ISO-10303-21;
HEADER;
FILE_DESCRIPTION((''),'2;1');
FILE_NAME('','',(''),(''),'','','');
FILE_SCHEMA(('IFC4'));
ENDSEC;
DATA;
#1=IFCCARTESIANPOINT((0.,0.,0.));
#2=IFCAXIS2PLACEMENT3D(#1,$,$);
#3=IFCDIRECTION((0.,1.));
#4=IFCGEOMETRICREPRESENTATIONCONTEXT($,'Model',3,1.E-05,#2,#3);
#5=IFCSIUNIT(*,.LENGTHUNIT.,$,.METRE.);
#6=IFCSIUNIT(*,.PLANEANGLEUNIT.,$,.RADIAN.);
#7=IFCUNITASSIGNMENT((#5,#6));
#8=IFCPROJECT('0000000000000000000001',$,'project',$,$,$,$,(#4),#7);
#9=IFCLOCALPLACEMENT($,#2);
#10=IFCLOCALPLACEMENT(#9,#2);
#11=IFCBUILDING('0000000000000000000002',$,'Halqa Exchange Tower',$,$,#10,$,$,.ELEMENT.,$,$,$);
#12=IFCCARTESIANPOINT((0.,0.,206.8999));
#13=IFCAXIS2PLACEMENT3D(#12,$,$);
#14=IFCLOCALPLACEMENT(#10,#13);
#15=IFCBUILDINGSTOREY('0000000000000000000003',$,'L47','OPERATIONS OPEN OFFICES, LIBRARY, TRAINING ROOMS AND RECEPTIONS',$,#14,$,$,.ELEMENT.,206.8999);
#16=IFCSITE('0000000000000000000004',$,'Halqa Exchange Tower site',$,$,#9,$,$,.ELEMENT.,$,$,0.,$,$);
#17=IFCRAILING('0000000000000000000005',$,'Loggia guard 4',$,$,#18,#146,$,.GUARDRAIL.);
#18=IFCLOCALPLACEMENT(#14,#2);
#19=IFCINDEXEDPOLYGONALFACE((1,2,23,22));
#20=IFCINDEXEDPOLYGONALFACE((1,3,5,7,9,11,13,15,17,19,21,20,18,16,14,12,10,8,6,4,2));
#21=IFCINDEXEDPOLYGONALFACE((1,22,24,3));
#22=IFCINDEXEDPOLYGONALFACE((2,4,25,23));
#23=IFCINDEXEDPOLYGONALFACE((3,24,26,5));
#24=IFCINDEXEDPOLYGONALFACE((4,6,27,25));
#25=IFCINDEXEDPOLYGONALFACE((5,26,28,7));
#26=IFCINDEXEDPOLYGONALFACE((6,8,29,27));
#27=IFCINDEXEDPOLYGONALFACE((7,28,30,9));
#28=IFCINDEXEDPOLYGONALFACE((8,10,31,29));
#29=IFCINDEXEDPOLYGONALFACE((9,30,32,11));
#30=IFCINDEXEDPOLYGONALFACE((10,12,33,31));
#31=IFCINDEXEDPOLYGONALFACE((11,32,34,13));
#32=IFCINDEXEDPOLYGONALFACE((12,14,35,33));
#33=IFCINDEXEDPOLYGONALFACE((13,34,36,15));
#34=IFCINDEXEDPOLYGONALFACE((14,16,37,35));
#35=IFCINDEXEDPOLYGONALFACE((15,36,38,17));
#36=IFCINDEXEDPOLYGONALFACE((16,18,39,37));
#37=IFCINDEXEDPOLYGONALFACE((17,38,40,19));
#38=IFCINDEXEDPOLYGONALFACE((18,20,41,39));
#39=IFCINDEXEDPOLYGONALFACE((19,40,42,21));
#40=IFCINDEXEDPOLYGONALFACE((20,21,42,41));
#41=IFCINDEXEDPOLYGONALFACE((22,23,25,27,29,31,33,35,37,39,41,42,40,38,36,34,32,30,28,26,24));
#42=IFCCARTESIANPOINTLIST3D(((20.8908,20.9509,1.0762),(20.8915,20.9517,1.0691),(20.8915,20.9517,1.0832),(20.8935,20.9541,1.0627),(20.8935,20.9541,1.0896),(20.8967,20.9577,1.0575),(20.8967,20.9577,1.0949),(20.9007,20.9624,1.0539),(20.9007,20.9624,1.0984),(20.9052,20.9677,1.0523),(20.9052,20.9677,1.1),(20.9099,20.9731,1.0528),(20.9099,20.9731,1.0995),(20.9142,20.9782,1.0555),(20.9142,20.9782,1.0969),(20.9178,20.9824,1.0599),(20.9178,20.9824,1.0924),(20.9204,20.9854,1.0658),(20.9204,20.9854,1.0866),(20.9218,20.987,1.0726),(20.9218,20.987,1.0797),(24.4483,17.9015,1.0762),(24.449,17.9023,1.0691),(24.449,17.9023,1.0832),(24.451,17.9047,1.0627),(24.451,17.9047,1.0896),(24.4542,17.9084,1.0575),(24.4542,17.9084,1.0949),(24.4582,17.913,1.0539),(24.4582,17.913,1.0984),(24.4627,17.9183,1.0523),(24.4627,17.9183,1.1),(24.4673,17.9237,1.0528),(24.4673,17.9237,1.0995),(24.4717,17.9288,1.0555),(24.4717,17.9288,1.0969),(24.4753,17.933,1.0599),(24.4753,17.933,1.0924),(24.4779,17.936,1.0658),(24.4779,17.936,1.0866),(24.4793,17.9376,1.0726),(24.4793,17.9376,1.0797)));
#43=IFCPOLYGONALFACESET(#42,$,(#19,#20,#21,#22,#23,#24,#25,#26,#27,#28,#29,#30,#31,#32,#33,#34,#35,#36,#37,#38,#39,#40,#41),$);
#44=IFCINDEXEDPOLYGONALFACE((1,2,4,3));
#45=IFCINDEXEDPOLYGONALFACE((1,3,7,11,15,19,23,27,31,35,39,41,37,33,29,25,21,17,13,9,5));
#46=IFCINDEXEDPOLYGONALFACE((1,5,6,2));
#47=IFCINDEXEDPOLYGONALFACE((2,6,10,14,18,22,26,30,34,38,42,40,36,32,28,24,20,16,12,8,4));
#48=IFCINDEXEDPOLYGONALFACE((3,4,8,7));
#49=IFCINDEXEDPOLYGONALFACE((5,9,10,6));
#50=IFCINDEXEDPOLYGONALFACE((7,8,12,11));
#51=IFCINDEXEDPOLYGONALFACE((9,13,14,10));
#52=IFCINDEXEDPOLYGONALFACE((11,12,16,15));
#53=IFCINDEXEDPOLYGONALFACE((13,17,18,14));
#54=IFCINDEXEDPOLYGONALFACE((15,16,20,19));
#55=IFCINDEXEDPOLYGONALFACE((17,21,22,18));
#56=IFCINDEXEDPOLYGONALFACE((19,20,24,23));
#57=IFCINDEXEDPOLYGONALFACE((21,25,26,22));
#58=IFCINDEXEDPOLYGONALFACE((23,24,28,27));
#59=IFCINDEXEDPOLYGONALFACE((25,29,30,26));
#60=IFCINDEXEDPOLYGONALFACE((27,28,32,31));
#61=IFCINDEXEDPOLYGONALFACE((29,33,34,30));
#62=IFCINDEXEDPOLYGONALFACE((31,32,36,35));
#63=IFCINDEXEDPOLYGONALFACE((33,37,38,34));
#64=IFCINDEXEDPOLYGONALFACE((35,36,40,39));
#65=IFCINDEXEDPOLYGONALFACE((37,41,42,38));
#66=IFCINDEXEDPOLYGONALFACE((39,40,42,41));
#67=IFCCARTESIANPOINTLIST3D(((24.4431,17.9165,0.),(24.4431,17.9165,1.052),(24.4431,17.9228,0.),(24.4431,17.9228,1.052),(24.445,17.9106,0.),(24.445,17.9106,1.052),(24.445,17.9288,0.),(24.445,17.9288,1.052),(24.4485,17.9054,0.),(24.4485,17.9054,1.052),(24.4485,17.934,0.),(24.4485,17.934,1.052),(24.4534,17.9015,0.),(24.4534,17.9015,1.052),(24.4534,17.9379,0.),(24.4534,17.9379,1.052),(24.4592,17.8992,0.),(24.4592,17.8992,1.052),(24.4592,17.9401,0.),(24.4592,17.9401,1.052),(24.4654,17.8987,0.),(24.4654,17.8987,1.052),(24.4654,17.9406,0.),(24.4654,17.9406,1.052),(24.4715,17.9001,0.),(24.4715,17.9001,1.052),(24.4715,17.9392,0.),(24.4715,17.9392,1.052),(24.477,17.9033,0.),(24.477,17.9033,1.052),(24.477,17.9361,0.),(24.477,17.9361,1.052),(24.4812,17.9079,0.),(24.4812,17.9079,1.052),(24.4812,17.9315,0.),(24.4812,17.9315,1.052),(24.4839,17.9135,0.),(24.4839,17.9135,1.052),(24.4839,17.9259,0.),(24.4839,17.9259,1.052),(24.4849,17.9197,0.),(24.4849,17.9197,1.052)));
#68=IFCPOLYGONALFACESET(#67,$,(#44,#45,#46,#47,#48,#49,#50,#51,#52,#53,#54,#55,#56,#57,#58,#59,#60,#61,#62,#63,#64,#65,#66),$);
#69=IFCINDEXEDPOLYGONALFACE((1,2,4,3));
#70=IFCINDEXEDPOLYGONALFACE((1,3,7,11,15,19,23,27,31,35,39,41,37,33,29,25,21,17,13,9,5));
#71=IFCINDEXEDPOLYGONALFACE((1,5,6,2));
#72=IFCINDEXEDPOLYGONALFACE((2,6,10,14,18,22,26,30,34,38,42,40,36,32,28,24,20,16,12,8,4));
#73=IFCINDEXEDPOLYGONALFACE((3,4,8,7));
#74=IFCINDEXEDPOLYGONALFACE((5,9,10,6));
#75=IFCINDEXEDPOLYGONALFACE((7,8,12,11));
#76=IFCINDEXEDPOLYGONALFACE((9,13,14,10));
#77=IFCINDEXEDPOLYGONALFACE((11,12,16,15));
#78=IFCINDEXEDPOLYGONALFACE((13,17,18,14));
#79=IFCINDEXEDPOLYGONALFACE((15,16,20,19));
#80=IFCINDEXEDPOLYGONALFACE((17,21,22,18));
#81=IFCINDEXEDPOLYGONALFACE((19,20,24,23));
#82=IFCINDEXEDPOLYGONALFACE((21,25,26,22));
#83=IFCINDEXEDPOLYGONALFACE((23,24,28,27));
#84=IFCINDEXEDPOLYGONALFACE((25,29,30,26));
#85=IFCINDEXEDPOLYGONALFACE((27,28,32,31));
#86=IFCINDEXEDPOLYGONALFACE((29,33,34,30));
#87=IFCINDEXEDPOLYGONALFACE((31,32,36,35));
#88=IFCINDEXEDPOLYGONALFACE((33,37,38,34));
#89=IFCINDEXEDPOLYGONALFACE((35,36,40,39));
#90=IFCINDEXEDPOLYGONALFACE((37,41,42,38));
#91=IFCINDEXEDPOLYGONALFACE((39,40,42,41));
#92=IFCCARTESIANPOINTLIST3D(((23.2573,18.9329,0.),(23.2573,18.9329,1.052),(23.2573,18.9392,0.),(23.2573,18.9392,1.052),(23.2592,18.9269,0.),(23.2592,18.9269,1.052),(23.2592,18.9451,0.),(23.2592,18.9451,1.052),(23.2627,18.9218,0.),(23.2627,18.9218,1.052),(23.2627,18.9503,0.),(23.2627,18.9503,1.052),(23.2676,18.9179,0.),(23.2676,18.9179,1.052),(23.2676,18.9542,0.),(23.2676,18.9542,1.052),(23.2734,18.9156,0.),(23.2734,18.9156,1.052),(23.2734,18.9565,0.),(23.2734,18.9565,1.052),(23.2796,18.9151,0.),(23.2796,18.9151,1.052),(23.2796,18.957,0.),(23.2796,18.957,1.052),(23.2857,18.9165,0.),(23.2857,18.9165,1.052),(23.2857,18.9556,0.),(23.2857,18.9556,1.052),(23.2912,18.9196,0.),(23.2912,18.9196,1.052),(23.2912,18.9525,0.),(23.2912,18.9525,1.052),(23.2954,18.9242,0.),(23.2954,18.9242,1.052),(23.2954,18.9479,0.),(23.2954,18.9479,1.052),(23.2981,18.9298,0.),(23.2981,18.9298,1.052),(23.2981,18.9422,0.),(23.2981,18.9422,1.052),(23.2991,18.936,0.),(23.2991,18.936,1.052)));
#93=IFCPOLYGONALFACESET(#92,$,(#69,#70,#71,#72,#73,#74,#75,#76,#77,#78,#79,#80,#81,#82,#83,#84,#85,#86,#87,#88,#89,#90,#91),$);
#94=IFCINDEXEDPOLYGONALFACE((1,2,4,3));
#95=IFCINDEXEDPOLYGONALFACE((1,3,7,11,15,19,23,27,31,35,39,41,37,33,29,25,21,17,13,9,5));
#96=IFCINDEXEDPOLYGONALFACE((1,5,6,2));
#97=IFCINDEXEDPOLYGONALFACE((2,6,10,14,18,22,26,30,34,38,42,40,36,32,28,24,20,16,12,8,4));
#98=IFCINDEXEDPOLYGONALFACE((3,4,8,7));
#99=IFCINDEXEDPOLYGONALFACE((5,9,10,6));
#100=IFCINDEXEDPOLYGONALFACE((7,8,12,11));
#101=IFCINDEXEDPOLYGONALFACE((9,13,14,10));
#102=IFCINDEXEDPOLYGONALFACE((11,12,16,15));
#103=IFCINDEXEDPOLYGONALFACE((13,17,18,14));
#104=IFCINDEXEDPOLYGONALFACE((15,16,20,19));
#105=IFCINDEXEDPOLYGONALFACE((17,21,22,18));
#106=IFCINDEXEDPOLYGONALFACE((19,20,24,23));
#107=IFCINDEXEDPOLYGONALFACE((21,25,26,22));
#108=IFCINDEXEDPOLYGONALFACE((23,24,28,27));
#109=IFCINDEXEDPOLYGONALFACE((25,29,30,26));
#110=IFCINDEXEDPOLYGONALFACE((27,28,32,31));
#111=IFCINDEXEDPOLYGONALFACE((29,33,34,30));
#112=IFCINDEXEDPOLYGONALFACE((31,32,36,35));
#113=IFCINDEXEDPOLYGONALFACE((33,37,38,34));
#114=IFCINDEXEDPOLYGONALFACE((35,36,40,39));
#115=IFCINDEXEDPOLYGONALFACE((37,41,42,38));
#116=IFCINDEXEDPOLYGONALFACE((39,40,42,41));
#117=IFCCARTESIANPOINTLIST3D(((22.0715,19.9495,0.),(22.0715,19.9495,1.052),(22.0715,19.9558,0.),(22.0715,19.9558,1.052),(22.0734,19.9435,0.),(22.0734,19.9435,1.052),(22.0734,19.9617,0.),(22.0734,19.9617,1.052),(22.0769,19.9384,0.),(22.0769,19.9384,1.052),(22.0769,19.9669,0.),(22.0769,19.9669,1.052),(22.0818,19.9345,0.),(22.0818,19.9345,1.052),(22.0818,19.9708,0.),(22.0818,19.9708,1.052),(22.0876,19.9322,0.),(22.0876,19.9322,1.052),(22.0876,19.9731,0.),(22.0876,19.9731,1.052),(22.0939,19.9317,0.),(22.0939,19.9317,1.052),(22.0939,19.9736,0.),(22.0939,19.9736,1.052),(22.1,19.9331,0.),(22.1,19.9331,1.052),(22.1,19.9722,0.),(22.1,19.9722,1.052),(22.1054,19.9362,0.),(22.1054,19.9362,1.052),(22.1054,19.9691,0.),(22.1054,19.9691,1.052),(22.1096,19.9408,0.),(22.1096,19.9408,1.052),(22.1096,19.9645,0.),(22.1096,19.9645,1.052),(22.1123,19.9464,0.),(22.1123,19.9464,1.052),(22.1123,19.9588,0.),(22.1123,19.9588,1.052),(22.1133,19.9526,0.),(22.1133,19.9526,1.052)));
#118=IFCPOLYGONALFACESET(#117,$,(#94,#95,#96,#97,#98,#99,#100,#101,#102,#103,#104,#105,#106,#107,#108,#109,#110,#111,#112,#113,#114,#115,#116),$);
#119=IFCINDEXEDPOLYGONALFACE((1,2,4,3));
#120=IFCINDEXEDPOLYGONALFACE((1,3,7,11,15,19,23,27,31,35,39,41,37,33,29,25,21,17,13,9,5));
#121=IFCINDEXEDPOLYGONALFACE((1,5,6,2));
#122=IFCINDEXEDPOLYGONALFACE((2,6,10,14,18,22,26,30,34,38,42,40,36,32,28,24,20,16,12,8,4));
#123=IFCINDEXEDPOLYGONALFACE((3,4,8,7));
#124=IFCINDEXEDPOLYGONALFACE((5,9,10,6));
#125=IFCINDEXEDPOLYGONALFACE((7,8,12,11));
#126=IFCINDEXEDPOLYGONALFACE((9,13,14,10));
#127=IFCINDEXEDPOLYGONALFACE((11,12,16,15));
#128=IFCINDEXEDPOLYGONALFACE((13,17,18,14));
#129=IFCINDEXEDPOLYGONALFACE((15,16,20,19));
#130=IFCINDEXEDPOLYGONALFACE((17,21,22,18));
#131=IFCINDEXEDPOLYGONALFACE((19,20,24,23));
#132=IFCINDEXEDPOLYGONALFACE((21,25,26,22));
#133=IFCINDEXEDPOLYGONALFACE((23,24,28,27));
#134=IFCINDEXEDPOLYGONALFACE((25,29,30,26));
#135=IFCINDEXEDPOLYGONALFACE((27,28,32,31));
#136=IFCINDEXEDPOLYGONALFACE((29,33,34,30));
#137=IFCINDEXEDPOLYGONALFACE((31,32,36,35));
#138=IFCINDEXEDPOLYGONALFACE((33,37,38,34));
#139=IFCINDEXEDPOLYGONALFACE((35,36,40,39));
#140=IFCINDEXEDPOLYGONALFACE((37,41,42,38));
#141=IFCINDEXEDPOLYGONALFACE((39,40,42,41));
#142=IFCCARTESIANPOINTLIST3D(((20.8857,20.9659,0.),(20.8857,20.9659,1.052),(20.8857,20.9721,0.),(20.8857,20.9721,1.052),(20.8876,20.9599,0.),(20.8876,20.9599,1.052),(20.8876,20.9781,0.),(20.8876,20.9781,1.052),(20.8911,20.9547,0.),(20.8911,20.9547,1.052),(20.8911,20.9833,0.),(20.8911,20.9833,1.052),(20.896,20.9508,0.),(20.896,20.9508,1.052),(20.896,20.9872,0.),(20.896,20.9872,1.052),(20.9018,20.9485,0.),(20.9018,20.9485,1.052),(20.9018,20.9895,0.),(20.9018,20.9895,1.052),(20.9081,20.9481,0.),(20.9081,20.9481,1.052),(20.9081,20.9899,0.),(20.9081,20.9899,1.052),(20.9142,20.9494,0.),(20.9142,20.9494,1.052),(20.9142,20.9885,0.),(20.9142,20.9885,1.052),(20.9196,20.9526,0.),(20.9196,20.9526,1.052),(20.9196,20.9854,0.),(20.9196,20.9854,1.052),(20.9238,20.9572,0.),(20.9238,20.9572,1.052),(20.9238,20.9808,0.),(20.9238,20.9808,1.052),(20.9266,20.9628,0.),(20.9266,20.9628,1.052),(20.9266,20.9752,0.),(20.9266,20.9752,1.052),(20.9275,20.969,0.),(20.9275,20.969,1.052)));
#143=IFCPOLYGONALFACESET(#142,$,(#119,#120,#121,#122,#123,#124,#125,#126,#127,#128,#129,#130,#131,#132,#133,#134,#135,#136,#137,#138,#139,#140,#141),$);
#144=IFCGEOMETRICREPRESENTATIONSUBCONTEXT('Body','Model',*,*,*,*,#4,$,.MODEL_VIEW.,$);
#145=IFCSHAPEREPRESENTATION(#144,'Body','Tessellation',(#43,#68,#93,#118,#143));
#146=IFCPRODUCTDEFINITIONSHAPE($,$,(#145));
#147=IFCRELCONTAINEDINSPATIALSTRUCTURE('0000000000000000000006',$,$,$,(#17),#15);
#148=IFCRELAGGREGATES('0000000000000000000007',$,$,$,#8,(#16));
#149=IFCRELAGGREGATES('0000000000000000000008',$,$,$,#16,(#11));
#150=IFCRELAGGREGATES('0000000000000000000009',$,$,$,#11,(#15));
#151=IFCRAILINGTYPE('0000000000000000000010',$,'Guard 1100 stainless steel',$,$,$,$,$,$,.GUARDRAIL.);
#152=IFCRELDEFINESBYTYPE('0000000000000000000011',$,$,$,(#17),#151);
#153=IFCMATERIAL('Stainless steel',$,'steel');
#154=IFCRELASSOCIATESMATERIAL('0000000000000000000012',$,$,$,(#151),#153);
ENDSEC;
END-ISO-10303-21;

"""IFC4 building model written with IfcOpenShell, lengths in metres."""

from ifc_helpers import new_model, si_unit, direction, frame, origin, origin_2d, place, context, subcontext, project, spatial, circle, extrude, material, type_object, element, save


model = new_model("IFC4")

# Units and contexts
model_context = context("Model", 3, precision=1e-05, world=origin(), true_north=direction((0.0, 1.0)))
body_context = subcontext(model_context, "Body", "Model", "MODEL_VIEW")
ifc_project = project(units=[si_unit("LENGTHUNIT", "METRE"), si_unit("PLANEANGLEUNIT", "RADIAN")], contexts=[model_context])

# Site, building, storey
site_placement = place(None, origin())
site = spatial("IfcSite", under=ifc_project, at=site_placement, Name="Halqa Exchange Tower site", CompositionType="ELEMENT", RefElevation=0.0)
building_placement = place(site_placement, origin())
building = spatial("IfcBuilding", under=site, at=building_placement, Name="Halqa Exchange Tower", CompositionType="ELEMENT")
storey_placement = place(building_placement, frame((0.0, 0.0, 206.8999)))
storey = spatial("IfcBuildingStorey", under=building, at=storey_placement, Name="L47", Description="OPERATIONS OPEN OFFICES, LIBRARY, TRAINING ROOMS AND RECEPTIONS", CompositionType="ELEMENT", Elevation=206.8999)

# Railing
ifc_material_1 = material(Name="Stainless steel", Category="steel")
railing_type = type_object("IfcRailingType", Name="Guard 1100 stainless steel", PredefinedType="GUARDRAIL", material=ifc_material_1)
railing_1_placement = place(storey_placement, frame((24.4639, 17.9197, 0.0)))
element("IfcRailing", 1, at=railing_1_placement, inside=storey, type_object=railing_type, Name="Loggia guard 4", PredefinedType="GUARDRAIL", context=body_context, shape_type="SweptSolid", body=[
    extrude(circle(Radius=0.0239, at=origin_2d()), frame((0.0, 0.0, 1.0762), z_axis=(-0.759242, 0.650809, 0.0), x_axis=(-0.650809, -0.759242, 0.0)), (0.0, 0.0, 1.0), 4.6855),
    extrude(circle(Radius=0.021, at=origin_2d()), origin(), (0.0, 0.0, 1.0), 1.052),
    extrude(circle(Radius=0.021, at=origin_2d()), frame((-1.1858, 1.0164, 0.0)), (0.0, 0.0, 1.0), 1.052),
    extrude(circle(Radius=0.021, at=origin_2d()), frame((-2.3716, 2.033, 0.0)), (0.0, 0.0, 1.0), 1.052),
    extrude(circle(Radius=0.021, at=origin_2d()), frame((-3.5574, 3.0493, 0.0)), (0.0, 0.0, 1.0), 1.052),
])

save(model, "model.ifc")
